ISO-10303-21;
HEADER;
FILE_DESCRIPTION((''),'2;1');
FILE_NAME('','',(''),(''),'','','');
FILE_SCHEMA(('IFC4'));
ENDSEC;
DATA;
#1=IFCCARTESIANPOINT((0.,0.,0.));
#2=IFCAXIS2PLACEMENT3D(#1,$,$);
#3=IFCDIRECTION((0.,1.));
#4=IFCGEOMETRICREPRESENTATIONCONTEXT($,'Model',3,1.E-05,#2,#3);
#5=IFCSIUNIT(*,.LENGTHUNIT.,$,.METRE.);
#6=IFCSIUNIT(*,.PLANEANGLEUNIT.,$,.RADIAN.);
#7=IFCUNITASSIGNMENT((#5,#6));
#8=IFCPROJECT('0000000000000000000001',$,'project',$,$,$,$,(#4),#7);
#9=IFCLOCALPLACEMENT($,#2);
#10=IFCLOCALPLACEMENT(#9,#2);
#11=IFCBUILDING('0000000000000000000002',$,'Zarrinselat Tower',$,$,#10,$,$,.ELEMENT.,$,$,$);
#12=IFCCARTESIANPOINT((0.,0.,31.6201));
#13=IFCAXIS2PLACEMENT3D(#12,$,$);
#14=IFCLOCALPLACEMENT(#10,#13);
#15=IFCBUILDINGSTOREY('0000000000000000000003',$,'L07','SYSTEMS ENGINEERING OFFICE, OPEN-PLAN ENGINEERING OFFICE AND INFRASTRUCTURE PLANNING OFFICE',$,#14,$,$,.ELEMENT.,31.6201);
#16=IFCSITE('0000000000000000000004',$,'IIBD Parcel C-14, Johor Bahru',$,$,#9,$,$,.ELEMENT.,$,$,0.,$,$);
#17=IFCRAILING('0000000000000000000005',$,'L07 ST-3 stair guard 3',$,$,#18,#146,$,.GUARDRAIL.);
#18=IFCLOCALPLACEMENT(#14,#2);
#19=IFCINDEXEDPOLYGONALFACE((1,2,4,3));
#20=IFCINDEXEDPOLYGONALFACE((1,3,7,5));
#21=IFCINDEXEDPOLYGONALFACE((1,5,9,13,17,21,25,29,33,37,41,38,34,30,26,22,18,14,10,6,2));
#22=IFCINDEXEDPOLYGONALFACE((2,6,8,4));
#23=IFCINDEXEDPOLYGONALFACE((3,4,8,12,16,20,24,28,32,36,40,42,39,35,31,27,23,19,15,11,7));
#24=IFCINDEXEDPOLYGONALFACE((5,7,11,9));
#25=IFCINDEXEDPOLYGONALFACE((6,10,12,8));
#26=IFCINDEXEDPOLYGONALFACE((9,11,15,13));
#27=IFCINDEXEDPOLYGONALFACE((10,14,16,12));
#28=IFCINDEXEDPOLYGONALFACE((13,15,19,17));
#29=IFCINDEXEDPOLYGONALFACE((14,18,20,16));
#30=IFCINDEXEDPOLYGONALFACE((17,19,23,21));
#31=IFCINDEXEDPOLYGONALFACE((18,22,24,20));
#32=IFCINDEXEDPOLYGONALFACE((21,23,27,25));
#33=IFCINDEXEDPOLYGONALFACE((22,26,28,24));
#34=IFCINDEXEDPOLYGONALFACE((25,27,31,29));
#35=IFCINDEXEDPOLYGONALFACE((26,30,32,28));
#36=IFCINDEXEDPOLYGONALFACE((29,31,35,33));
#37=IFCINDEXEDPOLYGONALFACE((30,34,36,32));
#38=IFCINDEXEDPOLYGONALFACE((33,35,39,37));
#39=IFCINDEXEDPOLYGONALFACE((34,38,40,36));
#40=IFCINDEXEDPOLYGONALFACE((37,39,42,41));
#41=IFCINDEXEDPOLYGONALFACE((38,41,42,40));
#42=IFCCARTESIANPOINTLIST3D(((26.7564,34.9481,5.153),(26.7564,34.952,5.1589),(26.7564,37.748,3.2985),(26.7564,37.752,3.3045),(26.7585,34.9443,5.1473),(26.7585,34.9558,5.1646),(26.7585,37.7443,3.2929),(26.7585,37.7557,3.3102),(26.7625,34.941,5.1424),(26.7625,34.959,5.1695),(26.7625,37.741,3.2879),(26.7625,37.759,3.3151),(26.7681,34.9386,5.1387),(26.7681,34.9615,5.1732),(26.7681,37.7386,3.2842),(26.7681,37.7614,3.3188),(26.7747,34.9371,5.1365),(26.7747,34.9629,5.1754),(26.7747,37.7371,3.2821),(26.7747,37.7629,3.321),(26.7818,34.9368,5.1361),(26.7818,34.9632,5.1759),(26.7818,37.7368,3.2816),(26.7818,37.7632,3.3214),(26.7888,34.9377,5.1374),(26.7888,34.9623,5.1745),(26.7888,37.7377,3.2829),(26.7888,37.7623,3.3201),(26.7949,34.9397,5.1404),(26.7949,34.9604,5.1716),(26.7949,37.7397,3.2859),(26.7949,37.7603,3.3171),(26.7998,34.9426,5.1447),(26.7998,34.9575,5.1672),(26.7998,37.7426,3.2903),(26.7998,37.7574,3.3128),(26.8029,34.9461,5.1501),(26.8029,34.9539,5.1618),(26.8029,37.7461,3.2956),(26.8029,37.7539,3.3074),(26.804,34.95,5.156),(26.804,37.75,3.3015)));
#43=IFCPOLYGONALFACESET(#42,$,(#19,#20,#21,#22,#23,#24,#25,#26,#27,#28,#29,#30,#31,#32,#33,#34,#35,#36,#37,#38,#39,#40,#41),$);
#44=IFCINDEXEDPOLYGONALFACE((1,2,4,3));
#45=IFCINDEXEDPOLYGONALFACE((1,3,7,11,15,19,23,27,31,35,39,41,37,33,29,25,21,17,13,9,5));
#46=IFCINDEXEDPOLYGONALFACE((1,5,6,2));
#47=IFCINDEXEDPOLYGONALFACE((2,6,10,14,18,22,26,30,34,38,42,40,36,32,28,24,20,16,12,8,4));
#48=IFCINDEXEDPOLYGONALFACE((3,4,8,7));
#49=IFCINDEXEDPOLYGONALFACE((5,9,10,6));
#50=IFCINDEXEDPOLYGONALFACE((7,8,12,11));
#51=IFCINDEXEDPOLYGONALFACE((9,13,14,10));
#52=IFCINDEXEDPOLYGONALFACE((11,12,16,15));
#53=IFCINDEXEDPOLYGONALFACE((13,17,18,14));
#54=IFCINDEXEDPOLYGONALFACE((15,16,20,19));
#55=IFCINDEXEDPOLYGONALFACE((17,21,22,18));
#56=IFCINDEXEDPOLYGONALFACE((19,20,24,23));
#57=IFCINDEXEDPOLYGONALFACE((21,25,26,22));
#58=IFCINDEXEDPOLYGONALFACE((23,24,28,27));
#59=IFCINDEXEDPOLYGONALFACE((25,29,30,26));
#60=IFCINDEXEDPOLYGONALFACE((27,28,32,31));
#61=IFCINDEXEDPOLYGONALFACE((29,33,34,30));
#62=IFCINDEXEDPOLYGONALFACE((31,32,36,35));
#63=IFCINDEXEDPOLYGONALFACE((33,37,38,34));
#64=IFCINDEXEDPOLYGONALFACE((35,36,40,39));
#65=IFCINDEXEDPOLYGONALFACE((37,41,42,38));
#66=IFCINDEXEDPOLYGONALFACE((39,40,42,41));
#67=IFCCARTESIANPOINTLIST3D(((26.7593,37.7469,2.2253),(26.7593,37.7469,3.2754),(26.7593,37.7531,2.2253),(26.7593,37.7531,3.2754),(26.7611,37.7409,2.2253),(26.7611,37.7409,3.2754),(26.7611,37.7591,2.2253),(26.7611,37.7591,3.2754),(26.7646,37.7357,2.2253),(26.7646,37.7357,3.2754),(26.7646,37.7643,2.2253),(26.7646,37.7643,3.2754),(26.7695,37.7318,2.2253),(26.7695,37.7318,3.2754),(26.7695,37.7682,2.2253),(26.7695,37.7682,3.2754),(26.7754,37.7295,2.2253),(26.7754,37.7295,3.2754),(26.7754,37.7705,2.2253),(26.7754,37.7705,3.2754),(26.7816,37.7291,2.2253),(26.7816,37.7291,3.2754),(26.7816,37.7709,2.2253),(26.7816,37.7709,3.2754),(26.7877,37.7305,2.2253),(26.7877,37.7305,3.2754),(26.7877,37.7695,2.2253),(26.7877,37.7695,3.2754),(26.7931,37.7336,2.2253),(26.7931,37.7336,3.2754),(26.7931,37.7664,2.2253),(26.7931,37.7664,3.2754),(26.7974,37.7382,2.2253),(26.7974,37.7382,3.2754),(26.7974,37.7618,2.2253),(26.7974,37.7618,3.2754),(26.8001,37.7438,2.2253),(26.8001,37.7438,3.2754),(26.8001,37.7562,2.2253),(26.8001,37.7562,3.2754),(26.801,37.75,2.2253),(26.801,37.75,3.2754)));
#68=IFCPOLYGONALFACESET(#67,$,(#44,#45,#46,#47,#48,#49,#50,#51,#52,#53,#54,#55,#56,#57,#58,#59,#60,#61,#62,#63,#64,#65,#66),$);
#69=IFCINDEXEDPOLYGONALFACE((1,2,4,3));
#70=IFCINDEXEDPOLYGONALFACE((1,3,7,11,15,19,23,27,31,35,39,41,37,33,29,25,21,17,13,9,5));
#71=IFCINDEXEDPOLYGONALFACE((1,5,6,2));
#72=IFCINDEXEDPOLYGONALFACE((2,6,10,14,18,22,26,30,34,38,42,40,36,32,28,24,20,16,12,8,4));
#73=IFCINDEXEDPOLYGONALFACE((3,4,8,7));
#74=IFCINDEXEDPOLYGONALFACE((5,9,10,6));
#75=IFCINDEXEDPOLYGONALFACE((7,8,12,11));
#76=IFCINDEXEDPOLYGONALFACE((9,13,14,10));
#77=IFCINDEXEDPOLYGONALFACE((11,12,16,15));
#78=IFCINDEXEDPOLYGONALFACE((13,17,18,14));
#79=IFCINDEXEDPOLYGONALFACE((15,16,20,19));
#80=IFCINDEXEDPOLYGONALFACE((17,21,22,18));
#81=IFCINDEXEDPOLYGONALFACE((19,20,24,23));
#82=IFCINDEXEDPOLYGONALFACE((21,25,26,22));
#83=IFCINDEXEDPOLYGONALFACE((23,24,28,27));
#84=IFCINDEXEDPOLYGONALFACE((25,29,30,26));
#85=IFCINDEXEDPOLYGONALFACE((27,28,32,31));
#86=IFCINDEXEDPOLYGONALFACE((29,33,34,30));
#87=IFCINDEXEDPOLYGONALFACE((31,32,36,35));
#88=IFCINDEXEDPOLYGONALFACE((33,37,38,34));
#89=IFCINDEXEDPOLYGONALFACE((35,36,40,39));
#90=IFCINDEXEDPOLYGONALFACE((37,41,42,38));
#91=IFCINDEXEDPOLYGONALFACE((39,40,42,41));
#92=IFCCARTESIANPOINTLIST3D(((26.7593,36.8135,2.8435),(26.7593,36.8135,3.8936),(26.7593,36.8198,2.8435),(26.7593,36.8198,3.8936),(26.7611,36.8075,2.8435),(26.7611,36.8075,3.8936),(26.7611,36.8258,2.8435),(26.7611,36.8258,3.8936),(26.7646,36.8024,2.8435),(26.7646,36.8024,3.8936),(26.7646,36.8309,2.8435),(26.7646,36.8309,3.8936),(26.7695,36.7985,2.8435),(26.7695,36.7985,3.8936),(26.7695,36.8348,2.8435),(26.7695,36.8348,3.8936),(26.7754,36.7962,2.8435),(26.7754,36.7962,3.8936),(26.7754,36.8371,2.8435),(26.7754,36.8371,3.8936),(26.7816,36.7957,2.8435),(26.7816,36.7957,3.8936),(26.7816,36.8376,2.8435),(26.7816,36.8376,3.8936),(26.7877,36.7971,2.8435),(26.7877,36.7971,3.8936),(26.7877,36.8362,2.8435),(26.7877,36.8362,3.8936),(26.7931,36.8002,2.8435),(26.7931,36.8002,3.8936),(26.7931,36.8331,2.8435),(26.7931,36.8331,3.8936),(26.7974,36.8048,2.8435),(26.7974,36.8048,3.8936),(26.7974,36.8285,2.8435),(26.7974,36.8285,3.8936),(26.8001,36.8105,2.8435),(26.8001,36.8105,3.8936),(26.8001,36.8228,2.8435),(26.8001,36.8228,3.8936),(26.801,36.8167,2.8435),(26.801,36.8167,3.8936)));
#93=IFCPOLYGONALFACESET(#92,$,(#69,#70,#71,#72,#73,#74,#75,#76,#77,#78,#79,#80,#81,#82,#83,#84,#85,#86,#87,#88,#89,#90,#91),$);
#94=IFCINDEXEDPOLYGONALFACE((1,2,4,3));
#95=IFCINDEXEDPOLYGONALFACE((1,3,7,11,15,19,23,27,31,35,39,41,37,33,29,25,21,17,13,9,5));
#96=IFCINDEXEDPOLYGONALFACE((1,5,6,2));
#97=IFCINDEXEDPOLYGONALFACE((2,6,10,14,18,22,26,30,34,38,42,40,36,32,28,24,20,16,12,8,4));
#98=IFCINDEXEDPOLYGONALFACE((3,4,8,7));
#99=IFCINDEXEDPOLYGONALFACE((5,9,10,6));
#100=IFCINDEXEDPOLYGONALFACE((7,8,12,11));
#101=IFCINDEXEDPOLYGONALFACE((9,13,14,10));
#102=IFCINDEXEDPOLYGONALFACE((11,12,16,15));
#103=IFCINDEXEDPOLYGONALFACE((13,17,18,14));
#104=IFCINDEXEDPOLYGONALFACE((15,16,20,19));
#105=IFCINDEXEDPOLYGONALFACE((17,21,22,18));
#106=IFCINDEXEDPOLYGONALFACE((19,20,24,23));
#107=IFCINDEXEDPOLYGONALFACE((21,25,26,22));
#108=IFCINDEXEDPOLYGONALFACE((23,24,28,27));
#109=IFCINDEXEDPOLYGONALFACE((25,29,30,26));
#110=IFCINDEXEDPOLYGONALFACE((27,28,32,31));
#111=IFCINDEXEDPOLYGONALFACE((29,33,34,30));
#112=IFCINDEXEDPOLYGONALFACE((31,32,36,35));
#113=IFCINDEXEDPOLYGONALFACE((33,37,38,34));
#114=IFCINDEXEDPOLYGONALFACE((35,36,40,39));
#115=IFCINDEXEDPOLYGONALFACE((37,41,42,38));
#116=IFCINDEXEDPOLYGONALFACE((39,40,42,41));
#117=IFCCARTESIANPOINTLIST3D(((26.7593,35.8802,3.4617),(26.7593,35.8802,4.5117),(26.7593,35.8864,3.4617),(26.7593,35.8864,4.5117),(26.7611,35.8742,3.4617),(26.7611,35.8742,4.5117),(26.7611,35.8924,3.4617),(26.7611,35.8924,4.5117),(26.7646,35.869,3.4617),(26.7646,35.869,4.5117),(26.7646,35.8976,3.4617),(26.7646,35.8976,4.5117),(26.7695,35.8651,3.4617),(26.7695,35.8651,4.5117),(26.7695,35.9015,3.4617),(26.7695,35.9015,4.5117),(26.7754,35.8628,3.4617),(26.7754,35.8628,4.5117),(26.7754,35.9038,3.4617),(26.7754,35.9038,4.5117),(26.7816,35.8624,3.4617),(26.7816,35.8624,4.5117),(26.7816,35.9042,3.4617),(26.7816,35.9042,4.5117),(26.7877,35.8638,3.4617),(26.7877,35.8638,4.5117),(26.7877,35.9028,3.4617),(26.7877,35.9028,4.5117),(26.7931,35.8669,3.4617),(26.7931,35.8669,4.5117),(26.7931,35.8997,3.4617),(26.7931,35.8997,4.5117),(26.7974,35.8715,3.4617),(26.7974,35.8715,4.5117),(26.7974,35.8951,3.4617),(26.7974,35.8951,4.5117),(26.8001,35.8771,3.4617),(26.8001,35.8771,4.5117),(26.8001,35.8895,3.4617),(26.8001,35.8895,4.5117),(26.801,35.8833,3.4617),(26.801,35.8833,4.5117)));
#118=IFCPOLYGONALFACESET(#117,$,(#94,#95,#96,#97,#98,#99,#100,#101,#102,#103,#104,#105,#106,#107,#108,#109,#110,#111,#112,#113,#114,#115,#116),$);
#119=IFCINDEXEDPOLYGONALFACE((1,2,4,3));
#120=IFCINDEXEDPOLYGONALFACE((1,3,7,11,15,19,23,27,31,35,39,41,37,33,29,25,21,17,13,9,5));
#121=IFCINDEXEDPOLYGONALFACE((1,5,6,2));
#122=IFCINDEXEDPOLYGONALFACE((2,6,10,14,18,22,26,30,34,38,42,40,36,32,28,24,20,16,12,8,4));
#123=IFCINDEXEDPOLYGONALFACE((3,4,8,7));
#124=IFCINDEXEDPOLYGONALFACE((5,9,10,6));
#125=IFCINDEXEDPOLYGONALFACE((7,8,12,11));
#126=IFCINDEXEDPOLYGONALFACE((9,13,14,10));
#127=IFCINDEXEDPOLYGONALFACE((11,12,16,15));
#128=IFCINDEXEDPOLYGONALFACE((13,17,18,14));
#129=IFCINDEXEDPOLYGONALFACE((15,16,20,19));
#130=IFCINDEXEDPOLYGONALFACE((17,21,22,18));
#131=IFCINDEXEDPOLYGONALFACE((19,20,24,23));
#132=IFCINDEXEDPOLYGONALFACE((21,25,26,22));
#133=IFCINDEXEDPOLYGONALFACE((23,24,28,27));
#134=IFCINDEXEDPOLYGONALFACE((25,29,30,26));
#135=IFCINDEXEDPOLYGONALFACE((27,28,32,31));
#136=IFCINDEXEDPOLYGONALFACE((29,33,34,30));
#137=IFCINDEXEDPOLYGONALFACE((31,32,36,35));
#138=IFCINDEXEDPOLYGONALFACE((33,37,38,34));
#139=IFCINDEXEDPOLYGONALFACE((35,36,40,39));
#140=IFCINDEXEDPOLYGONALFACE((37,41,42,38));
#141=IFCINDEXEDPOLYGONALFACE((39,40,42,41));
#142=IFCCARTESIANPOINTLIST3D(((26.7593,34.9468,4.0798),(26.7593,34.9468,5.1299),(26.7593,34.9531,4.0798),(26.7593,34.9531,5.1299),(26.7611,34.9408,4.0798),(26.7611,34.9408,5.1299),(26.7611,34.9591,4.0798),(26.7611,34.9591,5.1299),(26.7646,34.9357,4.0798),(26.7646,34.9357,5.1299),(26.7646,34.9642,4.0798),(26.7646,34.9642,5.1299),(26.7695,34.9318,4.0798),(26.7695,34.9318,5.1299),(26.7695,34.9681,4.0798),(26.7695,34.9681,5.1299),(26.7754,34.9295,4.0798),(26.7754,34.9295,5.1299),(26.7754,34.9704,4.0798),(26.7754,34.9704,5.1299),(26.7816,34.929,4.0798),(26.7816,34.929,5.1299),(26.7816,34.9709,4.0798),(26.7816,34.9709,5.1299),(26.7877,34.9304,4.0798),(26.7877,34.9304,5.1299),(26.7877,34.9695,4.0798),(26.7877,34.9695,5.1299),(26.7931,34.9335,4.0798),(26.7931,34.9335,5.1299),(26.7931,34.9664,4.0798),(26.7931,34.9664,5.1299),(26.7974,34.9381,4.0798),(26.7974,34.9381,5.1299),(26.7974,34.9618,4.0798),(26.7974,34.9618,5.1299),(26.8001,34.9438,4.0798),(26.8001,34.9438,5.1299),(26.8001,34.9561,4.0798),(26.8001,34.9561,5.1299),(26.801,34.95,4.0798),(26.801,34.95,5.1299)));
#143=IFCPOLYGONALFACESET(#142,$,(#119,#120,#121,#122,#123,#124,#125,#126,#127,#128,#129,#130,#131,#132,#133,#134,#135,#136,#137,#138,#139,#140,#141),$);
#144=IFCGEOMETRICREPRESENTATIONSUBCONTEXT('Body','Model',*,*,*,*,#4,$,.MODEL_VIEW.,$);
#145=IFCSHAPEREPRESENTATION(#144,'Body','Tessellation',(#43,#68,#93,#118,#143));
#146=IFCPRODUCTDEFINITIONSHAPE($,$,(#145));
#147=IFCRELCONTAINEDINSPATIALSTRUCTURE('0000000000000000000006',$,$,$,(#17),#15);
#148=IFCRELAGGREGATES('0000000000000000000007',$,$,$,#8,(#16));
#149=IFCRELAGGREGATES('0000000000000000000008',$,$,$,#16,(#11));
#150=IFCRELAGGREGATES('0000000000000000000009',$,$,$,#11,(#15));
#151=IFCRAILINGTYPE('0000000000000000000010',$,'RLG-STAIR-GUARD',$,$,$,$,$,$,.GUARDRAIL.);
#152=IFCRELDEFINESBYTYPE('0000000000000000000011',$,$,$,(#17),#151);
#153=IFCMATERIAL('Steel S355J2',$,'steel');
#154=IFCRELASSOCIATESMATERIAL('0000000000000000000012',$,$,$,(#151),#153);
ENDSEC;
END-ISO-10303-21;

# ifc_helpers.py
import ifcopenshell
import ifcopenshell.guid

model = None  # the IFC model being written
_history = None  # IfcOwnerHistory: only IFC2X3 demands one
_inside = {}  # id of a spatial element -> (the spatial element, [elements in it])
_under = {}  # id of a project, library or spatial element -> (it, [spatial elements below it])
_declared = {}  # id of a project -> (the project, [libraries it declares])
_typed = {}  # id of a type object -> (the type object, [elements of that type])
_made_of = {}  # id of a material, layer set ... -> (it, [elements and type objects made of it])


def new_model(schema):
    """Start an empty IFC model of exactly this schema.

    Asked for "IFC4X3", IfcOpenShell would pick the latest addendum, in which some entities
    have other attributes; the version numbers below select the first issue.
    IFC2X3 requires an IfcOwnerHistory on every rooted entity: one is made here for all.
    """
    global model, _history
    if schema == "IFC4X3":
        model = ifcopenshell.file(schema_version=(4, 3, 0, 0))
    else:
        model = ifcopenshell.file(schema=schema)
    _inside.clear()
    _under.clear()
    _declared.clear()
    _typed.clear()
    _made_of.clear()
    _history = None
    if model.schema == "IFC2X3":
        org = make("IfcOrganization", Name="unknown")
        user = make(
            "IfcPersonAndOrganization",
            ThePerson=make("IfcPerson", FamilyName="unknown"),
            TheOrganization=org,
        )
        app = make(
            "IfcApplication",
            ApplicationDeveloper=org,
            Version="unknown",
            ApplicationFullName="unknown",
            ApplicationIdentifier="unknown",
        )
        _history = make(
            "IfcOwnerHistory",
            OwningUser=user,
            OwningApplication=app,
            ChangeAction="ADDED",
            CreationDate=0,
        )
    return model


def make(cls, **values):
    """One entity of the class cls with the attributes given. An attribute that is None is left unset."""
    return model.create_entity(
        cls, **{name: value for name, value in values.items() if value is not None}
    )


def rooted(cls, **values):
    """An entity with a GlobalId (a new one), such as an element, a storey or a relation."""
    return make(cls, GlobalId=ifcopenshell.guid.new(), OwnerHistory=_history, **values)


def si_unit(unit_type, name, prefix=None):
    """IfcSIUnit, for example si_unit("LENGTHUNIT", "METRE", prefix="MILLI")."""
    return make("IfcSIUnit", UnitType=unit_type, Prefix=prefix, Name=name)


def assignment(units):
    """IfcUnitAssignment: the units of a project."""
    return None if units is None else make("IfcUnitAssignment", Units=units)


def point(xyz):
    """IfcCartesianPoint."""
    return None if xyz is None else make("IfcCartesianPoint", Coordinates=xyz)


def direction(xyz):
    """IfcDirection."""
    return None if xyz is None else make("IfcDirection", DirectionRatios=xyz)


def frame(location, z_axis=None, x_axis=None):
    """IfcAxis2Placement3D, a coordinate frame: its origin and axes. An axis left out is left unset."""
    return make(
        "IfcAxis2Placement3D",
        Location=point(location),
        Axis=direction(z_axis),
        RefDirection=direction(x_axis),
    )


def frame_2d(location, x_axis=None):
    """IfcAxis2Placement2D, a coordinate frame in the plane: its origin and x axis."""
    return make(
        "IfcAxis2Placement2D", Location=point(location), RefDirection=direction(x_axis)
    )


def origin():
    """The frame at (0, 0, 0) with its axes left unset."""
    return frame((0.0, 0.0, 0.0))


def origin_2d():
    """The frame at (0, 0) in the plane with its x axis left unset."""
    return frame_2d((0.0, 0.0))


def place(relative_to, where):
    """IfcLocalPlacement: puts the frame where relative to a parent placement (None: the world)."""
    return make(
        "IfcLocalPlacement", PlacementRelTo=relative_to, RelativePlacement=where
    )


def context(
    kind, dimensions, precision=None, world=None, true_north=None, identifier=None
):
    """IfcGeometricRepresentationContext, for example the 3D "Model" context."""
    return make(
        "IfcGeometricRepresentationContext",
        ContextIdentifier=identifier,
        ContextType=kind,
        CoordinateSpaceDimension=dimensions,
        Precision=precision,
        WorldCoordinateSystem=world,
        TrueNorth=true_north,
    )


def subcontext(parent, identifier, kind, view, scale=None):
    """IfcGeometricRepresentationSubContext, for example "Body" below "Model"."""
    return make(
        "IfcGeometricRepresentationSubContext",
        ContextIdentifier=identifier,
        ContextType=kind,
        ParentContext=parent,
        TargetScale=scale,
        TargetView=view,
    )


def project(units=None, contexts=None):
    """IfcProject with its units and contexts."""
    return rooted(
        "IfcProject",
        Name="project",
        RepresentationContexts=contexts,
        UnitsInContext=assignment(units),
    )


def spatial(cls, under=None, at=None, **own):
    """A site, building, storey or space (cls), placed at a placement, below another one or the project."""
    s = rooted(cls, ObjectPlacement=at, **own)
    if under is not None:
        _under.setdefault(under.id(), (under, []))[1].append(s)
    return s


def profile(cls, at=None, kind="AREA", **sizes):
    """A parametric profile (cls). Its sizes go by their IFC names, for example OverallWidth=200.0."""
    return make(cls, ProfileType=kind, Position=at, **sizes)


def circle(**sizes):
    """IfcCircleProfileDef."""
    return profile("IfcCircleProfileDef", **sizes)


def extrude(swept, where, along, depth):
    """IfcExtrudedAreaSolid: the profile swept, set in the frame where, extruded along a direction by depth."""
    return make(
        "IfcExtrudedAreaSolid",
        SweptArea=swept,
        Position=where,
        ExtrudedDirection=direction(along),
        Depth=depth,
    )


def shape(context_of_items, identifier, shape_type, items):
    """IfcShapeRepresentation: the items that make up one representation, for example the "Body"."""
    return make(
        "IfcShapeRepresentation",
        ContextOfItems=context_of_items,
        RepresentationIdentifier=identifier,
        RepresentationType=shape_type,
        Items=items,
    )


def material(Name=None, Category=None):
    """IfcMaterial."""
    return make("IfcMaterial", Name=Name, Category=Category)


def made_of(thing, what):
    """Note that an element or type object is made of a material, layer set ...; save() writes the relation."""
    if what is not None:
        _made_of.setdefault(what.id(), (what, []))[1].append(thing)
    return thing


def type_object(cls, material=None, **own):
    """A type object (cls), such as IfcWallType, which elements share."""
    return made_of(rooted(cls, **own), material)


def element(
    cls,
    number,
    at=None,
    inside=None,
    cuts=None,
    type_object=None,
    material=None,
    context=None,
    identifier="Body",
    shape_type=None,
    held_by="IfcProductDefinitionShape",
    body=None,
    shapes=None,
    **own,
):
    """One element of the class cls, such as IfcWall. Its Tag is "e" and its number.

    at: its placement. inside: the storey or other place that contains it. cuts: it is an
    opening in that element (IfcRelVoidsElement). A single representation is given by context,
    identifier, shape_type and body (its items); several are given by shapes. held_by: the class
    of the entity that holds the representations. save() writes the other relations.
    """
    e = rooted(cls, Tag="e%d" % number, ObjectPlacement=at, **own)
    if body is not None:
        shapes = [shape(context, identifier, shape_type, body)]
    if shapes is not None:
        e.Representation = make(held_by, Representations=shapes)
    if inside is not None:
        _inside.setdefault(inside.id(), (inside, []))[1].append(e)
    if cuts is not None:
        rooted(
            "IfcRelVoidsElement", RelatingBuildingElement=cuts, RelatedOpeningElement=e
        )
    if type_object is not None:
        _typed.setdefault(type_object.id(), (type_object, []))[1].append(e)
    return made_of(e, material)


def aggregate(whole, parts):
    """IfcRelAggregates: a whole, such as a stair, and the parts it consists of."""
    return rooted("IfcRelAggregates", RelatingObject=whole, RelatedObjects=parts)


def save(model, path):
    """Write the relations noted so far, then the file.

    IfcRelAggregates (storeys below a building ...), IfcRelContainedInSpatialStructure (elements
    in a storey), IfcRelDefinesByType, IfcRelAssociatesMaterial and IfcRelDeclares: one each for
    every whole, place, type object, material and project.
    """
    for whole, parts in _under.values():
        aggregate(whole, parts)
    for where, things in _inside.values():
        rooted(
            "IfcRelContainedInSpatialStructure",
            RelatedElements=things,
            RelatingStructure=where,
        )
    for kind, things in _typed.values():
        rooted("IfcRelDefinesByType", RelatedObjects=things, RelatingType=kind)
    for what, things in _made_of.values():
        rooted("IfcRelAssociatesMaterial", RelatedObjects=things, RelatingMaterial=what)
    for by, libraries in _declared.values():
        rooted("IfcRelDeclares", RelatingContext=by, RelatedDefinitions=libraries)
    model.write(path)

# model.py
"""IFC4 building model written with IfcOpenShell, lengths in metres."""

from ifc_helpers import new_model, si_unit, direction, frame, origin, origin_2d, place, context, subcontext, project, spatial, circle, extrude, material, type_object, element, save


model = new_model("IFC4")

# Units and contexts
model_context = context("Model", 3, precision=1e-05, world=origin(), true_north=direction((0.0, 1.0)))
body_context = subcontext(model_context, "Body", "Model", "MODEL_VIEW")
ifc_project = project(units=[si_unit("LENGTHUNIT", "METRE"), si_unit("PLANEANGLEUNIT", "RADIAN")], contexts=[model_context])

# Site, building, storey
site_placement = place(None, origin())
site = spatial("IfcSite", under=ifc_project, at=site_placement, Name="IIBD Parcel C-14, Johor Bahru", CompositionType="ELEMENT", RefElevation=0.0)
building_placement = place(site_placement, origin())
building = spatial("IfcBuilding", under=site, at=building_placement, Name="Zarrinselat Tower", CompositionType="ELEMENT")
storey_placement = place(building_placement, frame((0.0, 0.0, 31.6201)))
storey = spatial("IfcBuildingStorey", under=building, at=storey_placement, Name="L07", Description="SYSTEMS ENGINEERING OFFICE, OPEN-PLAN ENGINEERING OFFICE AND INFRASTRUCTURE PLANNING OFFICE", CompositionType="ELEMENT", Elevation=31.6201)

# Railing
ifc_material_1 = material(Name="Steel S355J2", Category="steel")
railing_type_1 = type_object("IfcRailingType", Name="RLG-STAIR-GUARD", PredefinedType="GUARDRAIL", material=ifc_material_1)
railing_1_placement = place(storey_placement, frame((26.78, 37.75, 2.2253)))
element("IfcRailing", 1, at=railing_1_placement, inside=storey, type_object=railing_type_1, Name="L07 ST-3 stair guard 3", PredefinedType="GUARDRAIL", context=body_context, shape_type="SweptSolid", body=[
    extrude(circle(Radius=0.0239, at=origin_2d()), frame((0.0, 0.0, 1.0762), z_axis=(0.0, -0.833724, 0.552181), x_axis=(1.0, 0.0, 0.0)), (0.0, 0.0, 1.0), 3.3584),
    extrude(circle(Radius=0.021, at=origin_2d()), origin(), (0.0, 0.0, 1.0), 1.05),
    extrude(circle(Radius=0.021, at=origin_2d()), frame((0.0, -0.9333, 0.6182)), (0.0, 0.0, 1.0), 1.05),
    extrude(circle(Radius=0.021, at=origin_2d()), frame((0.0, -1.8667, 1.2363)), (0.0, 0.0, 1.0), 1.05),
    extrude(circle(Radius=0.021, at=origin_2d()), frame((0.0, -2.8, 1.8545)), (0.0, 0.0, 1.0), 1.05),
])

save(model, "model.ifc")
